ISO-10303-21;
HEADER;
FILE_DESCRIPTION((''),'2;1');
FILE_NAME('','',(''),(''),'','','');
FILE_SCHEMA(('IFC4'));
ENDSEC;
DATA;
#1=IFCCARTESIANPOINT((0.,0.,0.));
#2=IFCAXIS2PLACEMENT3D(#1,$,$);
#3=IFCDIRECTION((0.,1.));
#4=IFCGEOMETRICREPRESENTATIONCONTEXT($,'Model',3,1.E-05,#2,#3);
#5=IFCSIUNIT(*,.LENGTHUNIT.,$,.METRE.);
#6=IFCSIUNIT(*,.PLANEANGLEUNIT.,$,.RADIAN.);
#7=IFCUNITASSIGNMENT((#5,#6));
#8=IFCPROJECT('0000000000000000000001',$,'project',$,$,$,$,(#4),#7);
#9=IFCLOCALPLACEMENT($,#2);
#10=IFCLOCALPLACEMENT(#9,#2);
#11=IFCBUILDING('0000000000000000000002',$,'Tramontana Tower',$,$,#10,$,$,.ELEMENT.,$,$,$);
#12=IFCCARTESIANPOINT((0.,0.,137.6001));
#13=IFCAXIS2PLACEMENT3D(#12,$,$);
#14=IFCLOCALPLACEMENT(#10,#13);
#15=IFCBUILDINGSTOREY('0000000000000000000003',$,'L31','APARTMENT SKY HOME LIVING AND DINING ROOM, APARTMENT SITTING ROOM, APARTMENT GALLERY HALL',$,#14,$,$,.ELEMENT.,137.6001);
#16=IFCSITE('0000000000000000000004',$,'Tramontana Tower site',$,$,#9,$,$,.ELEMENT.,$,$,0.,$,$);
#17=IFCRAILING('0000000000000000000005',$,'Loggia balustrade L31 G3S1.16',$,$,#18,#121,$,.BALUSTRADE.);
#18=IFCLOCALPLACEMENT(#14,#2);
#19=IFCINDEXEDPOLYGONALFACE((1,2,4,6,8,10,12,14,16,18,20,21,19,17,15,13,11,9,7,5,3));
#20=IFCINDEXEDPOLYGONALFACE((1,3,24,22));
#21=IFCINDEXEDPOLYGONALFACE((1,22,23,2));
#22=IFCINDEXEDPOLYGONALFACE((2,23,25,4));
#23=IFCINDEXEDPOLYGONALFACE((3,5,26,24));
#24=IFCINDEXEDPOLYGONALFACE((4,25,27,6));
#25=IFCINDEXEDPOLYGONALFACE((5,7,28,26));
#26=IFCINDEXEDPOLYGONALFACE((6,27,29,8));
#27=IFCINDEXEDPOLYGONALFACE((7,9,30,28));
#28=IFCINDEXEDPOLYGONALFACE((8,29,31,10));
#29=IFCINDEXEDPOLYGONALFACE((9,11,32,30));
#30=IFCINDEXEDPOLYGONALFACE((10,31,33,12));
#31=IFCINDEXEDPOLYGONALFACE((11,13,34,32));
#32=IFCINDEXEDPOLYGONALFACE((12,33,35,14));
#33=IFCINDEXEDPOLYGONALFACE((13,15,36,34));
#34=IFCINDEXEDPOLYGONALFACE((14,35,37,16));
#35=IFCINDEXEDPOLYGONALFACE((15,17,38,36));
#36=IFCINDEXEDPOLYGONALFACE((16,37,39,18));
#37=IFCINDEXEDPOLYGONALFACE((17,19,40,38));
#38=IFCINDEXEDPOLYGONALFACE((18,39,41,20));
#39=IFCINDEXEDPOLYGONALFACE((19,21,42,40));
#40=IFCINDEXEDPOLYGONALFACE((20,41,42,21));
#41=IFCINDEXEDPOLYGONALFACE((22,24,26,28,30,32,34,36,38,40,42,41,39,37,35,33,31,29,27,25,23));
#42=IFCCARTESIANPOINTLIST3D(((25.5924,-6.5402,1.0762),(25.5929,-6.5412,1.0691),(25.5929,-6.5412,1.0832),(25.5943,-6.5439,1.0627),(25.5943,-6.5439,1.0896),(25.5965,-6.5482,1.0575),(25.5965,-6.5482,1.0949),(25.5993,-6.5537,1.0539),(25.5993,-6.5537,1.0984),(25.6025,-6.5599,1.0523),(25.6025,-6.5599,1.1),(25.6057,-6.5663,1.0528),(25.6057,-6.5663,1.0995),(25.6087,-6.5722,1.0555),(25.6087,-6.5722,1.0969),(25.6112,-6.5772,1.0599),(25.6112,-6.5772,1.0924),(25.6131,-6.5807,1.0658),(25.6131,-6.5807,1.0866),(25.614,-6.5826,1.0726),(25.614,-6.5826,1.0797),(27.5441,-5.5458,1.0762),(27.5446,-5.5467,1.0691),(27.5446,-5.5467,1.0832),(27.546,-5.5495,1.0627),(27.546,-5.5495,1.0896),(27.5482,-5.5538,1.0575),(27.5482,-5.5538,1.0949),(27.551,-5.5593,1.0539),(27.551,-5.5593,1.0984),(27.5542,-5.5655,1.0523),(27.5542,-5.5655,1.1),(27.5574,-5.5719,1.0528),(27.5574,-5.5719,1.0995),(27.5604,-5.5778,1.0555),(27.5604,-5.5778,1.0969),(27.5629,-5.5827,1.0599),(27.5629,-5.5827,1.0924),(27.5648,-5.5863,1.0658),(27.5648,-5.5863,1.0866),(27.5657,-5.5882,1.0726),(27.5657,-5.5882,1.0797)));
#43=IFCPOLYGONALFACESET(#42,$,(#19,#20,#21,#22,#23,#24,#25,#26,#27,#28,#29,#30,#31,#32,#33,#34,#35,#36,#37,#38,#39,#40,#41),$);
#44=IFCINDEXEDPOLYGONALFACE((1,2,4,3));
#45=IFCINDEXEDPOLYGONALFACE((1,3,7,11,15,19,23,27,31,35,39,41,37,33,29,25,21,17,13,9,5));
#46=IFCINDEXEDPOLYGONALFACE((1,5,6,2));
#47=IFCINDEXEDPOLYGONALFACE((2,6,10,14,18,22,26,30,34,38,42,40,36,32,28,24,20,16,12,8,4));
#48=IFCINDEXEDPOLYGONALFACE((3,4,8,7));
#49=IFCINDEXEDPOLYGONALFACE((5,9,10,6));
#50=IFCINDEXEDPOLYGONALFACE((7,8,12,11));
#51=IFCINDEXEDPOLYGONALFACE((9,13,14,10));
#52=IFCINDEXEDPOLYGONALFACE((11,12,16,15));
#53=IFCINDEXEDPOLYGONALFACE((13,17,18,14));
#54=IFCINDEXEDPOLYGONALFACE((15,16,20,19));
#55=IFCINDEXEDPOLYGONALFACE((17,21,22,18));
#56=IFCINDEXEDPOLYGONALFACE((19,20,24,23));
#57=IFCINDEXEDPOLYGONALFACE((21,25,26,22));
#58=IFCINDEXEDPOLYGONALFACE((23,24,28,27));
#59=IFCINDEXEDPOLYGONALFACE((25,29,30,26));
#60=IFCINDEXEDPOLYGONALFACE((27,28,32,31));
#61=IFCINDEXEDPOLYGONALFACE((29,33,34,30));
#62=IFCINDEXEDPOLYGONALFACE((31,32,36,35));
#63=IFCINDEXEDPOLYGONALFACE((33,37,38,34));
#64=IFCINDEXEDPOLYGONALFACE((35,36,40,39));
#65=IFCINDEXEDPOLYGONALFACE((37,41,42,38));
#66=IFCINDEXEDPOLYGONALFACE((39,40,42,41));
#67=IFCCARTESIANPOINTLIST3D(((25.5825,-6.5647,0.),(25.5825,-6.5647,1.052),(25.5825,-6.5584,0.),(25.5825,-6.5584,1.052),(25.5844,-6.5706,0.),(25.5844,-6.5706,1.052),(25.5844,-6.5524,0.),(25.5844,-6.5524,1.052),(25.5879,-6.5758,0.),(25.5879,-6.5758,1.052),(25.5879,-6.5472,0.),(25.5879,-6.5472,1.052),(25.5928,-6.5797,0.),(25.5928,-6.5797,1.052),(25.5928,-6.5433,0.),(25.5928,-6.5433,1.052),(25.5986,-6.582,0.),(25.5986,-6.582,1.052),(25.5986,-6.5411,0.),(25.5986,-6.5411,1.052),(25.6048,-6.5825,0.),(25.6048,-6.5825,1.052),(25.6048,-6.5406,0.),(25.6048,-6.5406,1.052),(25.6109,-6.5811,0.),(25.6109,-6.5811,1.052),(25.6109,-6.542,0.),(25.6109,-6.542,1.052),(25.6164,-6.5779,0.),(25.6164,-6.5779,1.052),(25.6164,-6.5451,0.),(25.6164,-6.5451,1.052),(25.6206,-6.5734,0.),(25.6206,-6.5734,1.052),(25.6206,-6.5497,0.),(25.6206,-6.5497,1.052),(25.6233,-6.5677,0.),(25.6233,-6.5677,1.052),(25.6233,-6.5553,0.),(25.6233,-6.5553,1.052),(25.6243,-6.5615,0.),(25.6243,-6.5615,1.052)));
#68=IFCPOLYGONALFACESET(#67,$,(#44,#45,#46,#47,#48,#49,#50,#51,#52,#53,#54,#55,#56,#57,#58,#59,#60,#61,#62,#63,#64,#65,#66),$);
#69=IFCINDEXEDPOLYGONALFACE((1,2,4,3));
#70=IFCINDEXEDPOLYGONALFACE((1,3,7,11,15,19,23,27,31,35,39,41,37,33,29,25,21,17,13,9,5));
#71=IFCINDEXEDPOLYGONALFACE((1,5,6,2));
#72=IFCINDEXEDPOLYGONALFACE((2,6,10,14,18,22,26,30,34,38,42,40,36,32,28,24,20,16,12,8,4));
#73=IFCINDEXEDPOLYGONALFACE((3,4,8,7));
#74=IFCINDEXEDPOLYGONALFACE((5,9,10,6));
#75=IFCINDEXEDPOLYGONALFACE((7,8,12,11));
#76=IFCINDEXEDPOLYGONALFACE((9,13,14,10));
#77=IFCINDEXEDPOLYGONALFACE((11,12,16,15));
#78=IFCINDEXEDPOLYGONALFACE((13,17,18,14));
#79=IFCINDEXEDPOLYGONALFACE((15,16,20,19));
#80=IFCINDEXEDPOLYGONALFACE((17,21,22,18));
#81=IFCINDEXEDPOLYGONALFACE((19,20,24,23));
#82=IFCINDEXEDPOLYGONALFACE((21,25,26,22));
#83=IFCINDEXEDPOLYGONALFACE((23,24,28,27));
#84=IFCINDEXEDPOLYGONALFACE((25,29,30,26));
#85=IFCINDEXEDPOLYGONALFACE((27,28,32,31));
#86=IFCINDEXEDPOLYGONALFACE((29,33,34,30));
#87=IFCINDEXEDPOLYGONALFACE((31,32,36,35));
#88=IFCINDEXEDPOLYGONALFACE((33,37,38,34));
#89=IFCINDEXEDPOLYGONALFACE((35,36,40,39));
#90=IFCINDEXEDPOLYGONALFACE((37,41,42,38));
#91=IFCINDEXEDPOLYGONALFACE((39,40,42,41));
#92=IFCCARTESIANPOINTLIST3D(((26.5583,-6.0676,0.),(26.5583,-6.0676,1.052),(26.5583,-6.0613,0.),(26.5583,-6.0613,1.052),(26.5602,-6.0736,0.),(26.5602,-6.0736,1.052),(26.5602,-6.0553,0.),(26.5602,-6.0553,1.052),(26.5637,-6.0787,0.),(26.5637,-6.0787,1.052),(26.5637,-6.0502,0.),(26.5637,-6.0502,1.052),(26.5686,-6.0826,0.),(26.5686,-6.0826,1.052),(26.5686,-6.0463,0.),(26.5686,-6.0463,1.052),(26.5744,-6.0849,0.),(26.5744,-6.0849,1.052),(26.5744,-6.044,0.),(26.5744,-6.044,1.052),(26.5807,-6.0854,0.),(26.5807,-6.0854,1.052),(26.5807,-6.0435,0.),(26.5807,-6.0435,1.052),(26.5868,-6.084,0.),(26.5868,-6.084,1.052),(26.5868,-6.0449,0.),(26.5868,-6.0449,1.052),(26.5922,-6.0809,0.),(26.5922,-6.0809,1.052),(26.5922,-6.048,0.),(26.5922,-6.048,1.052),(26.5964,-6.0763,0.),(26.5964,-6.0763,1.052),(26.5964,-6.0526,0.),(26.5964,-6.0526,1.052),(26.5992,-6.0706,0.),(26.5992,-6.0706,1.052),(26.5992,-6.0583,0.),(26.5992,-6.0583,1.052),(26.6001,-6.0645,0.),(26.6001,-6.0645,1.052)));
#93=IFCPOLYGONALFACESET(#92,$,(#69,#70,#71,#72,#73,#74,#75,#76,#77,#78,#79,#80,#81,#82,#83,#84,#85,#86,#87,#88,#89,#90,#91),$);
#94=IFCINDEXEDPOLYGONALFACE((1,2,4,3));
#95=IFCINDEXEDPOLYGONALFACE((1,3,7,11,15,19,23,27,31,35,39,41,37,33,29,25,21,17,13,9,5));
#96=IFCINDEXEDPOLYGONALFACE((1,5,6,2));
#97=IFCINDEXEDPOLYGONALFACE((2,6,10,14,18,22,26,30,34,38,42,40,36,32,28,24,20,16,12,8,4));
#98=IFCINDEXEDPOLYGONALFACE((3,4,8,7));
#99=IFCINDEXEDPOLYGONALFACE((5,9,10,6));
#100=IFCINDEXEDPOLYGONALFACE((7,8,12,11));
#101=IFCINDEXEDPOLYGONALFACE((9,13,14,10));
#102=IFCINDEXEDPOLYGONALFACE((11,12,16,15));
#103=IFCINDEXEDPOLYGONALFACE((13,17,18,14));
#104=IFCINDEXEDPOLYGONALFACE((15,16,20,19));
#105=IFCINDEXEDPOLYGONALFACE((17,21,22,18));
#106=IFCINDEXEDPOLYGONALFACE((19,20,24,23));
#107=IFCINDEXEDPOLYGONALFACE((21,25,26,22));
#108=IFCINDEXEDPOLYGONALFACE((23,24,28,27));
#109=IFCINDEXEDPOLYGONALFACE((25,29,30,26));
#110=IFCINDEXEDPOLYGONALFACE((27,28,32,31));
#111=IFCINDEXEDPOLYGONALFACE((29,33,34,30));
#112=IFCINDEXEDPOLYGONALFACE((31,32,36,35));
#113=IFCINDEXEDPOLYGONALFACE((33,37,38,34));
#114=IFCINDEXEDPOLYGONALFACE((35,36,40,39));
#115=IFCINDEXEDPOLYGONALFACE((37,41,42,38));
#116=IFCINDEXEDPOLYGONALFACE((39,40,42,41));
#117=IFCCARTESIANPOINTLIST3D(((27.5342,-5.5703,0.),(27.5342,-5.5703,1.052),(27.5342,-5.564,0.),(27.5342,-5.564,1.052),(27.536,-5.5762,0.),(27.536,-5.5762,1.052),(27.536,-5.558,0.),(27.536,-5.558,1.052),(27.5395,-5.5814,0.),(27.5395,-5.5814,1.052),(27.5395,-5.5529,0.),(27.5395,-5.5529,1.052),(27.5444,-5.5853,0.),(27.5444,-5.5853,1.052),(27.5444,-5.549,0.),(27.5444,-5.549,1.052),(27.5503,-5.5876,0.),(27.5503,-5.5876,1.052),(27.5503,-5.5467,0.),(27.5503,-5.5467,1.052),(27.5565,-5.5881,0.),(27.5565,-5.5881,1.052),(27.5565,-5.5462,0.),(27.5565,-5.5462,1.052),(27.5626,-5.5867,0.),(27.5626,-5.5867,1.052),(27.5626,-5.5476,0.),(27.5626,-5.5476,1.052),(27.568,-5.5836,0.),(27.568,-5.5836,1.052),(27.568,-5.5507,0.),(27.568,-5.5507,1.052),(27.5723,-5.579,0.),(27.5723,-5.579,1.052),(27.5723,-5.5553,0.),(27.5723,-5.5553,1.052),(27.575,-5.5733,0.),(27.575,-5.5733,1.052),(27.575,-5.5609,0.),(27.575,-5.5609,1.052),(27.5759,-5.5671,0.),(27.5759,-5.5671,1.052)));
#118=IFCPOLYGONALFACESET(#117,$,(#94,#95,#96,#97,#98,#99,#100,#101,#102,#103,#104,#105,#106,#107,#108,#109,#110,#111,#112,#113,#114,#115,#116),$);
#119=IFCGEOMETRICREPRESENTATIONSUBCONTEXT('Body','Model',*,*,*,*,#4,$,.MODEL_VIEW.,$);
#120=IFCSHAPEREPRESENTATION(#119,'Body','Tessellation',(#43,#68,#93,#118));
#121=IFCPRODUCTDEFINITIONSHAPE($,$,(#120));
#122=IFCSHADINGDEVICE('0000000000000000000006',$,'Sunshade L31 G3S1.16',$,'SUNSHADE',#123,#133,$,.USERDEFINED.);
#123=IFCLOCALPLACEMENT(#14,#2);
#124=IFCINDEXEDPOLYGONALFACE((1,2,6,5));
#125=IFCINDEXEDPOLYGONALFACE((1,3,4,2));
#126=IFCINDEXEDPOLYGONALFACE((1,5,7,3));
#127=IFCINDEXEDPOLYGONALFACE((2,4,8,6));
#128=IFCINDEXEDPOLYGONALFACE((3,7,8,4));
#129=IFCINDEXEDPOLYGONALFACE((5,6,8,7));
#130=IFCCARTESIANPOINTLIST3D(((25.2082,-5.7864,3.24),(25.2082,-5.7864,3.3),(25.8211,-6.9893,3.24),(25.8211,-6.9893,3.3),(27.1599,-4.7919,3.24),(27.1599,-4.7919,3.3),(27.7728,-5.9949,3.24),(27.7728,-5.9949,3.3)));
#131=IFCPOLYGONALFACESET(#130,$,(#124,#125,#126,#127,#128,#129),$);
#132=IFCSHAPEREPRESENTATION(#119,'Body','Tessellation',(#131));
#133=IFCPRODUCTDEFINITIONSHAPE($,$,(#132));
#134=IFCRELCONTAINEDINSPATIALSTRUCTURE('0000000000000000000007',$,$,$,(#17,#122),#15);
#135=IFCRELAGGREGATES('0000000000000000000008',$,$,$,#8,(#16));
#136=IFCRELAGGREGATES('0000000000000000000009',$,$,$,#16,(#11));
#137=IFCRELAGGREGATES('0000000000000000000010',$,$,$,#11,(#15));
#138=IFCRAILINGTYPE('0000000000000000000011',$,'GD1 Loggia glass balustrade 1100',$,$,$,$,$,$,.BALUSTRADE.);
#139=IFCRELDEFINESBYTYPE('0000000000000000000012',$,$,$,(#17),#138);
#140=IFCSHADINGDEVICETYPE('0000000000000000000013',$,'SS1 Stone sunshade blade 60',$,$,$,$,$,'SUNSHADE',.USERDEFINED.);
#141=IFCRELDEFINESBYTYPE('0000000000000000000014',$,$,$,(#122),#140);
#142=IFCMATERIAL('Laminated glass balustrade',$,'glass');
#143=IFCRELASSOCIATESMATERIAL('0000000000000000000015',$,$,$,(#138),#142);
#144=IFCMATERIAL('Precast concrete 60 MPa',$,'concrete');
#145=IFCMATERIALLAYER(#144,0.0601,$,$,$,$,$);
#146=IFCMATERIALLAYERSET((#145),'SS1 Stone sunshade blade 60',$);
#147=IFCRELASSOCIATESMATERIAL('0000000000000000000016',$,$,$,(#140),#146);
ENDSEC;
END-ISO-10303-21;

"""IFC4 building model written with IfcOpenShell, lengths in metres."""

from ifc_helpers import new_model, si_unit, direction, frame, origin, origin_2d, place, context, subcontext, project, spatial, rectangle, circle, extrude, material, layer, layer_set, type_object, element, save


model = new_model("IFC4")

# Units and contexts
model_context = context("Model", 3, precision=1e-05, world=origin(), true_north=direction((0.0, 1.0)))
body_context = subcontext(model_context, "Body", "Model", "MODEL_VIEW")
ifc_project = project(units=[si_unit("LENGTHUNIT", "METRE"), si_unit("PLANEANGLEUNIT", "RADIAN")], contexts=[model_context])

# Site, building, storey
site_placement = place(None, origin())
site = spatial("IfcSite", under=ifc_project, at=site_placement, Name="Tramontana Tower site", CompositionType="ELEMENT", RefElevation=0.0)
building_placement = place(site_placement, origin())
building = spatial("IfcBuilding", under=site, at=building_placement, Name="Tramontana Tower", CompositionType="ELEMENT")
storey_placement = place(building_placement, frame((0.0, 0.0, 137.6001)))
storey = spatial("IfcBuildingStorey", under=building, at=storey_placement, Name="L31", Description="APARTMENT SKY HOME LIVING AND DINING ROOM, APARTMENT SITTING ROOM, APARTMENT GALLERY HALL", CompositionType="ELEMENT", Elevation=137.6001)

# Railing
ifc_material_1 = material(Name="Laminated glass balustrade", Category="glass")
railing_type = type_object("IfcRailingType", Name="GD1 Loggia glass balustrade 1100", PredefinedType="BALUSTRADE", material=ifc_material_1)
railing_placement = place(storey_placement, frame((25.6033, -6.5615, 0.0)))
element("IfcRailing", 1, at=railing_placement, inside=storey, type_object=railing_type, Name="Loggia balustrade L31 G3S1.16", PredefinedType="BALUSTRADE", context=body_context, shape_type="SweptSolid", body=[
    extrude(circle(Radius=0.0239, at=origin_2d()), frame((0.0, 0.0, 1.0762), z_axis=(0.891013, 0.453978, 0.0), x_axis=(-0.453978, 0.891013, 0.0)), (0.0, 0.0, 1.0), 2.1904),
    extrude(circle(Radius=0.021, at=origin_2d()), origin(), (0.0, 0.0, 1.0), 1.052),
    extrude(circle(Radius=0.021, at=origin_2d()), frame((0.9758, 0.4971, 0.0)), (0.0, 0.0, 1.0), 1.052),
    extrude(circle(Radius=0.021, at=origin_2d()), frame((1.9517, 0.9944, 0.0)), (0.0, 0.0, 1.0), 1.052),
])

# Shading device
ifc_material_2 = material(Name="Precast concrete 60 MPa", Category="concrete")
ifc_layer_1 = layer(ifc_material_2, 0.0601)
ifc_layer_set_1 = layer_set([ifc_layer_1], Name="SS1 Stone sunshade blade 60")
shading_device_type = type_object("IfcShadingDeviceType", Name="SS1 Stone sunshade blade 60", ElementType="SUNSHADE", PredefinedType="USERDEFINED", material=ifc_layer_set_1)
shading_device_placement = place(storey_placement, frame((26.4905, -5.8906, 3.24), z_axis=(0.0, 0.0, 1.0), x_axis=(0.891007, 0.45399, 0.0)))
element("IfcShadingDevice", 2, at=shading_device_placement, inside=storey, type_object=shading_device_type, Name="Sunshade L31 G3S1.16", ObjectType="SUNSHADE", PredefinedType="USERDEFINED", context=body_context, shape_type="SweptSolid", body=[
    extrude(rectangle(XDim=2.1904, YDim=1.3501, at=origin_2d()), origin(), (0.0, 0.0, 1.0), 0.0601),
])

save(model, "model.ifc")
